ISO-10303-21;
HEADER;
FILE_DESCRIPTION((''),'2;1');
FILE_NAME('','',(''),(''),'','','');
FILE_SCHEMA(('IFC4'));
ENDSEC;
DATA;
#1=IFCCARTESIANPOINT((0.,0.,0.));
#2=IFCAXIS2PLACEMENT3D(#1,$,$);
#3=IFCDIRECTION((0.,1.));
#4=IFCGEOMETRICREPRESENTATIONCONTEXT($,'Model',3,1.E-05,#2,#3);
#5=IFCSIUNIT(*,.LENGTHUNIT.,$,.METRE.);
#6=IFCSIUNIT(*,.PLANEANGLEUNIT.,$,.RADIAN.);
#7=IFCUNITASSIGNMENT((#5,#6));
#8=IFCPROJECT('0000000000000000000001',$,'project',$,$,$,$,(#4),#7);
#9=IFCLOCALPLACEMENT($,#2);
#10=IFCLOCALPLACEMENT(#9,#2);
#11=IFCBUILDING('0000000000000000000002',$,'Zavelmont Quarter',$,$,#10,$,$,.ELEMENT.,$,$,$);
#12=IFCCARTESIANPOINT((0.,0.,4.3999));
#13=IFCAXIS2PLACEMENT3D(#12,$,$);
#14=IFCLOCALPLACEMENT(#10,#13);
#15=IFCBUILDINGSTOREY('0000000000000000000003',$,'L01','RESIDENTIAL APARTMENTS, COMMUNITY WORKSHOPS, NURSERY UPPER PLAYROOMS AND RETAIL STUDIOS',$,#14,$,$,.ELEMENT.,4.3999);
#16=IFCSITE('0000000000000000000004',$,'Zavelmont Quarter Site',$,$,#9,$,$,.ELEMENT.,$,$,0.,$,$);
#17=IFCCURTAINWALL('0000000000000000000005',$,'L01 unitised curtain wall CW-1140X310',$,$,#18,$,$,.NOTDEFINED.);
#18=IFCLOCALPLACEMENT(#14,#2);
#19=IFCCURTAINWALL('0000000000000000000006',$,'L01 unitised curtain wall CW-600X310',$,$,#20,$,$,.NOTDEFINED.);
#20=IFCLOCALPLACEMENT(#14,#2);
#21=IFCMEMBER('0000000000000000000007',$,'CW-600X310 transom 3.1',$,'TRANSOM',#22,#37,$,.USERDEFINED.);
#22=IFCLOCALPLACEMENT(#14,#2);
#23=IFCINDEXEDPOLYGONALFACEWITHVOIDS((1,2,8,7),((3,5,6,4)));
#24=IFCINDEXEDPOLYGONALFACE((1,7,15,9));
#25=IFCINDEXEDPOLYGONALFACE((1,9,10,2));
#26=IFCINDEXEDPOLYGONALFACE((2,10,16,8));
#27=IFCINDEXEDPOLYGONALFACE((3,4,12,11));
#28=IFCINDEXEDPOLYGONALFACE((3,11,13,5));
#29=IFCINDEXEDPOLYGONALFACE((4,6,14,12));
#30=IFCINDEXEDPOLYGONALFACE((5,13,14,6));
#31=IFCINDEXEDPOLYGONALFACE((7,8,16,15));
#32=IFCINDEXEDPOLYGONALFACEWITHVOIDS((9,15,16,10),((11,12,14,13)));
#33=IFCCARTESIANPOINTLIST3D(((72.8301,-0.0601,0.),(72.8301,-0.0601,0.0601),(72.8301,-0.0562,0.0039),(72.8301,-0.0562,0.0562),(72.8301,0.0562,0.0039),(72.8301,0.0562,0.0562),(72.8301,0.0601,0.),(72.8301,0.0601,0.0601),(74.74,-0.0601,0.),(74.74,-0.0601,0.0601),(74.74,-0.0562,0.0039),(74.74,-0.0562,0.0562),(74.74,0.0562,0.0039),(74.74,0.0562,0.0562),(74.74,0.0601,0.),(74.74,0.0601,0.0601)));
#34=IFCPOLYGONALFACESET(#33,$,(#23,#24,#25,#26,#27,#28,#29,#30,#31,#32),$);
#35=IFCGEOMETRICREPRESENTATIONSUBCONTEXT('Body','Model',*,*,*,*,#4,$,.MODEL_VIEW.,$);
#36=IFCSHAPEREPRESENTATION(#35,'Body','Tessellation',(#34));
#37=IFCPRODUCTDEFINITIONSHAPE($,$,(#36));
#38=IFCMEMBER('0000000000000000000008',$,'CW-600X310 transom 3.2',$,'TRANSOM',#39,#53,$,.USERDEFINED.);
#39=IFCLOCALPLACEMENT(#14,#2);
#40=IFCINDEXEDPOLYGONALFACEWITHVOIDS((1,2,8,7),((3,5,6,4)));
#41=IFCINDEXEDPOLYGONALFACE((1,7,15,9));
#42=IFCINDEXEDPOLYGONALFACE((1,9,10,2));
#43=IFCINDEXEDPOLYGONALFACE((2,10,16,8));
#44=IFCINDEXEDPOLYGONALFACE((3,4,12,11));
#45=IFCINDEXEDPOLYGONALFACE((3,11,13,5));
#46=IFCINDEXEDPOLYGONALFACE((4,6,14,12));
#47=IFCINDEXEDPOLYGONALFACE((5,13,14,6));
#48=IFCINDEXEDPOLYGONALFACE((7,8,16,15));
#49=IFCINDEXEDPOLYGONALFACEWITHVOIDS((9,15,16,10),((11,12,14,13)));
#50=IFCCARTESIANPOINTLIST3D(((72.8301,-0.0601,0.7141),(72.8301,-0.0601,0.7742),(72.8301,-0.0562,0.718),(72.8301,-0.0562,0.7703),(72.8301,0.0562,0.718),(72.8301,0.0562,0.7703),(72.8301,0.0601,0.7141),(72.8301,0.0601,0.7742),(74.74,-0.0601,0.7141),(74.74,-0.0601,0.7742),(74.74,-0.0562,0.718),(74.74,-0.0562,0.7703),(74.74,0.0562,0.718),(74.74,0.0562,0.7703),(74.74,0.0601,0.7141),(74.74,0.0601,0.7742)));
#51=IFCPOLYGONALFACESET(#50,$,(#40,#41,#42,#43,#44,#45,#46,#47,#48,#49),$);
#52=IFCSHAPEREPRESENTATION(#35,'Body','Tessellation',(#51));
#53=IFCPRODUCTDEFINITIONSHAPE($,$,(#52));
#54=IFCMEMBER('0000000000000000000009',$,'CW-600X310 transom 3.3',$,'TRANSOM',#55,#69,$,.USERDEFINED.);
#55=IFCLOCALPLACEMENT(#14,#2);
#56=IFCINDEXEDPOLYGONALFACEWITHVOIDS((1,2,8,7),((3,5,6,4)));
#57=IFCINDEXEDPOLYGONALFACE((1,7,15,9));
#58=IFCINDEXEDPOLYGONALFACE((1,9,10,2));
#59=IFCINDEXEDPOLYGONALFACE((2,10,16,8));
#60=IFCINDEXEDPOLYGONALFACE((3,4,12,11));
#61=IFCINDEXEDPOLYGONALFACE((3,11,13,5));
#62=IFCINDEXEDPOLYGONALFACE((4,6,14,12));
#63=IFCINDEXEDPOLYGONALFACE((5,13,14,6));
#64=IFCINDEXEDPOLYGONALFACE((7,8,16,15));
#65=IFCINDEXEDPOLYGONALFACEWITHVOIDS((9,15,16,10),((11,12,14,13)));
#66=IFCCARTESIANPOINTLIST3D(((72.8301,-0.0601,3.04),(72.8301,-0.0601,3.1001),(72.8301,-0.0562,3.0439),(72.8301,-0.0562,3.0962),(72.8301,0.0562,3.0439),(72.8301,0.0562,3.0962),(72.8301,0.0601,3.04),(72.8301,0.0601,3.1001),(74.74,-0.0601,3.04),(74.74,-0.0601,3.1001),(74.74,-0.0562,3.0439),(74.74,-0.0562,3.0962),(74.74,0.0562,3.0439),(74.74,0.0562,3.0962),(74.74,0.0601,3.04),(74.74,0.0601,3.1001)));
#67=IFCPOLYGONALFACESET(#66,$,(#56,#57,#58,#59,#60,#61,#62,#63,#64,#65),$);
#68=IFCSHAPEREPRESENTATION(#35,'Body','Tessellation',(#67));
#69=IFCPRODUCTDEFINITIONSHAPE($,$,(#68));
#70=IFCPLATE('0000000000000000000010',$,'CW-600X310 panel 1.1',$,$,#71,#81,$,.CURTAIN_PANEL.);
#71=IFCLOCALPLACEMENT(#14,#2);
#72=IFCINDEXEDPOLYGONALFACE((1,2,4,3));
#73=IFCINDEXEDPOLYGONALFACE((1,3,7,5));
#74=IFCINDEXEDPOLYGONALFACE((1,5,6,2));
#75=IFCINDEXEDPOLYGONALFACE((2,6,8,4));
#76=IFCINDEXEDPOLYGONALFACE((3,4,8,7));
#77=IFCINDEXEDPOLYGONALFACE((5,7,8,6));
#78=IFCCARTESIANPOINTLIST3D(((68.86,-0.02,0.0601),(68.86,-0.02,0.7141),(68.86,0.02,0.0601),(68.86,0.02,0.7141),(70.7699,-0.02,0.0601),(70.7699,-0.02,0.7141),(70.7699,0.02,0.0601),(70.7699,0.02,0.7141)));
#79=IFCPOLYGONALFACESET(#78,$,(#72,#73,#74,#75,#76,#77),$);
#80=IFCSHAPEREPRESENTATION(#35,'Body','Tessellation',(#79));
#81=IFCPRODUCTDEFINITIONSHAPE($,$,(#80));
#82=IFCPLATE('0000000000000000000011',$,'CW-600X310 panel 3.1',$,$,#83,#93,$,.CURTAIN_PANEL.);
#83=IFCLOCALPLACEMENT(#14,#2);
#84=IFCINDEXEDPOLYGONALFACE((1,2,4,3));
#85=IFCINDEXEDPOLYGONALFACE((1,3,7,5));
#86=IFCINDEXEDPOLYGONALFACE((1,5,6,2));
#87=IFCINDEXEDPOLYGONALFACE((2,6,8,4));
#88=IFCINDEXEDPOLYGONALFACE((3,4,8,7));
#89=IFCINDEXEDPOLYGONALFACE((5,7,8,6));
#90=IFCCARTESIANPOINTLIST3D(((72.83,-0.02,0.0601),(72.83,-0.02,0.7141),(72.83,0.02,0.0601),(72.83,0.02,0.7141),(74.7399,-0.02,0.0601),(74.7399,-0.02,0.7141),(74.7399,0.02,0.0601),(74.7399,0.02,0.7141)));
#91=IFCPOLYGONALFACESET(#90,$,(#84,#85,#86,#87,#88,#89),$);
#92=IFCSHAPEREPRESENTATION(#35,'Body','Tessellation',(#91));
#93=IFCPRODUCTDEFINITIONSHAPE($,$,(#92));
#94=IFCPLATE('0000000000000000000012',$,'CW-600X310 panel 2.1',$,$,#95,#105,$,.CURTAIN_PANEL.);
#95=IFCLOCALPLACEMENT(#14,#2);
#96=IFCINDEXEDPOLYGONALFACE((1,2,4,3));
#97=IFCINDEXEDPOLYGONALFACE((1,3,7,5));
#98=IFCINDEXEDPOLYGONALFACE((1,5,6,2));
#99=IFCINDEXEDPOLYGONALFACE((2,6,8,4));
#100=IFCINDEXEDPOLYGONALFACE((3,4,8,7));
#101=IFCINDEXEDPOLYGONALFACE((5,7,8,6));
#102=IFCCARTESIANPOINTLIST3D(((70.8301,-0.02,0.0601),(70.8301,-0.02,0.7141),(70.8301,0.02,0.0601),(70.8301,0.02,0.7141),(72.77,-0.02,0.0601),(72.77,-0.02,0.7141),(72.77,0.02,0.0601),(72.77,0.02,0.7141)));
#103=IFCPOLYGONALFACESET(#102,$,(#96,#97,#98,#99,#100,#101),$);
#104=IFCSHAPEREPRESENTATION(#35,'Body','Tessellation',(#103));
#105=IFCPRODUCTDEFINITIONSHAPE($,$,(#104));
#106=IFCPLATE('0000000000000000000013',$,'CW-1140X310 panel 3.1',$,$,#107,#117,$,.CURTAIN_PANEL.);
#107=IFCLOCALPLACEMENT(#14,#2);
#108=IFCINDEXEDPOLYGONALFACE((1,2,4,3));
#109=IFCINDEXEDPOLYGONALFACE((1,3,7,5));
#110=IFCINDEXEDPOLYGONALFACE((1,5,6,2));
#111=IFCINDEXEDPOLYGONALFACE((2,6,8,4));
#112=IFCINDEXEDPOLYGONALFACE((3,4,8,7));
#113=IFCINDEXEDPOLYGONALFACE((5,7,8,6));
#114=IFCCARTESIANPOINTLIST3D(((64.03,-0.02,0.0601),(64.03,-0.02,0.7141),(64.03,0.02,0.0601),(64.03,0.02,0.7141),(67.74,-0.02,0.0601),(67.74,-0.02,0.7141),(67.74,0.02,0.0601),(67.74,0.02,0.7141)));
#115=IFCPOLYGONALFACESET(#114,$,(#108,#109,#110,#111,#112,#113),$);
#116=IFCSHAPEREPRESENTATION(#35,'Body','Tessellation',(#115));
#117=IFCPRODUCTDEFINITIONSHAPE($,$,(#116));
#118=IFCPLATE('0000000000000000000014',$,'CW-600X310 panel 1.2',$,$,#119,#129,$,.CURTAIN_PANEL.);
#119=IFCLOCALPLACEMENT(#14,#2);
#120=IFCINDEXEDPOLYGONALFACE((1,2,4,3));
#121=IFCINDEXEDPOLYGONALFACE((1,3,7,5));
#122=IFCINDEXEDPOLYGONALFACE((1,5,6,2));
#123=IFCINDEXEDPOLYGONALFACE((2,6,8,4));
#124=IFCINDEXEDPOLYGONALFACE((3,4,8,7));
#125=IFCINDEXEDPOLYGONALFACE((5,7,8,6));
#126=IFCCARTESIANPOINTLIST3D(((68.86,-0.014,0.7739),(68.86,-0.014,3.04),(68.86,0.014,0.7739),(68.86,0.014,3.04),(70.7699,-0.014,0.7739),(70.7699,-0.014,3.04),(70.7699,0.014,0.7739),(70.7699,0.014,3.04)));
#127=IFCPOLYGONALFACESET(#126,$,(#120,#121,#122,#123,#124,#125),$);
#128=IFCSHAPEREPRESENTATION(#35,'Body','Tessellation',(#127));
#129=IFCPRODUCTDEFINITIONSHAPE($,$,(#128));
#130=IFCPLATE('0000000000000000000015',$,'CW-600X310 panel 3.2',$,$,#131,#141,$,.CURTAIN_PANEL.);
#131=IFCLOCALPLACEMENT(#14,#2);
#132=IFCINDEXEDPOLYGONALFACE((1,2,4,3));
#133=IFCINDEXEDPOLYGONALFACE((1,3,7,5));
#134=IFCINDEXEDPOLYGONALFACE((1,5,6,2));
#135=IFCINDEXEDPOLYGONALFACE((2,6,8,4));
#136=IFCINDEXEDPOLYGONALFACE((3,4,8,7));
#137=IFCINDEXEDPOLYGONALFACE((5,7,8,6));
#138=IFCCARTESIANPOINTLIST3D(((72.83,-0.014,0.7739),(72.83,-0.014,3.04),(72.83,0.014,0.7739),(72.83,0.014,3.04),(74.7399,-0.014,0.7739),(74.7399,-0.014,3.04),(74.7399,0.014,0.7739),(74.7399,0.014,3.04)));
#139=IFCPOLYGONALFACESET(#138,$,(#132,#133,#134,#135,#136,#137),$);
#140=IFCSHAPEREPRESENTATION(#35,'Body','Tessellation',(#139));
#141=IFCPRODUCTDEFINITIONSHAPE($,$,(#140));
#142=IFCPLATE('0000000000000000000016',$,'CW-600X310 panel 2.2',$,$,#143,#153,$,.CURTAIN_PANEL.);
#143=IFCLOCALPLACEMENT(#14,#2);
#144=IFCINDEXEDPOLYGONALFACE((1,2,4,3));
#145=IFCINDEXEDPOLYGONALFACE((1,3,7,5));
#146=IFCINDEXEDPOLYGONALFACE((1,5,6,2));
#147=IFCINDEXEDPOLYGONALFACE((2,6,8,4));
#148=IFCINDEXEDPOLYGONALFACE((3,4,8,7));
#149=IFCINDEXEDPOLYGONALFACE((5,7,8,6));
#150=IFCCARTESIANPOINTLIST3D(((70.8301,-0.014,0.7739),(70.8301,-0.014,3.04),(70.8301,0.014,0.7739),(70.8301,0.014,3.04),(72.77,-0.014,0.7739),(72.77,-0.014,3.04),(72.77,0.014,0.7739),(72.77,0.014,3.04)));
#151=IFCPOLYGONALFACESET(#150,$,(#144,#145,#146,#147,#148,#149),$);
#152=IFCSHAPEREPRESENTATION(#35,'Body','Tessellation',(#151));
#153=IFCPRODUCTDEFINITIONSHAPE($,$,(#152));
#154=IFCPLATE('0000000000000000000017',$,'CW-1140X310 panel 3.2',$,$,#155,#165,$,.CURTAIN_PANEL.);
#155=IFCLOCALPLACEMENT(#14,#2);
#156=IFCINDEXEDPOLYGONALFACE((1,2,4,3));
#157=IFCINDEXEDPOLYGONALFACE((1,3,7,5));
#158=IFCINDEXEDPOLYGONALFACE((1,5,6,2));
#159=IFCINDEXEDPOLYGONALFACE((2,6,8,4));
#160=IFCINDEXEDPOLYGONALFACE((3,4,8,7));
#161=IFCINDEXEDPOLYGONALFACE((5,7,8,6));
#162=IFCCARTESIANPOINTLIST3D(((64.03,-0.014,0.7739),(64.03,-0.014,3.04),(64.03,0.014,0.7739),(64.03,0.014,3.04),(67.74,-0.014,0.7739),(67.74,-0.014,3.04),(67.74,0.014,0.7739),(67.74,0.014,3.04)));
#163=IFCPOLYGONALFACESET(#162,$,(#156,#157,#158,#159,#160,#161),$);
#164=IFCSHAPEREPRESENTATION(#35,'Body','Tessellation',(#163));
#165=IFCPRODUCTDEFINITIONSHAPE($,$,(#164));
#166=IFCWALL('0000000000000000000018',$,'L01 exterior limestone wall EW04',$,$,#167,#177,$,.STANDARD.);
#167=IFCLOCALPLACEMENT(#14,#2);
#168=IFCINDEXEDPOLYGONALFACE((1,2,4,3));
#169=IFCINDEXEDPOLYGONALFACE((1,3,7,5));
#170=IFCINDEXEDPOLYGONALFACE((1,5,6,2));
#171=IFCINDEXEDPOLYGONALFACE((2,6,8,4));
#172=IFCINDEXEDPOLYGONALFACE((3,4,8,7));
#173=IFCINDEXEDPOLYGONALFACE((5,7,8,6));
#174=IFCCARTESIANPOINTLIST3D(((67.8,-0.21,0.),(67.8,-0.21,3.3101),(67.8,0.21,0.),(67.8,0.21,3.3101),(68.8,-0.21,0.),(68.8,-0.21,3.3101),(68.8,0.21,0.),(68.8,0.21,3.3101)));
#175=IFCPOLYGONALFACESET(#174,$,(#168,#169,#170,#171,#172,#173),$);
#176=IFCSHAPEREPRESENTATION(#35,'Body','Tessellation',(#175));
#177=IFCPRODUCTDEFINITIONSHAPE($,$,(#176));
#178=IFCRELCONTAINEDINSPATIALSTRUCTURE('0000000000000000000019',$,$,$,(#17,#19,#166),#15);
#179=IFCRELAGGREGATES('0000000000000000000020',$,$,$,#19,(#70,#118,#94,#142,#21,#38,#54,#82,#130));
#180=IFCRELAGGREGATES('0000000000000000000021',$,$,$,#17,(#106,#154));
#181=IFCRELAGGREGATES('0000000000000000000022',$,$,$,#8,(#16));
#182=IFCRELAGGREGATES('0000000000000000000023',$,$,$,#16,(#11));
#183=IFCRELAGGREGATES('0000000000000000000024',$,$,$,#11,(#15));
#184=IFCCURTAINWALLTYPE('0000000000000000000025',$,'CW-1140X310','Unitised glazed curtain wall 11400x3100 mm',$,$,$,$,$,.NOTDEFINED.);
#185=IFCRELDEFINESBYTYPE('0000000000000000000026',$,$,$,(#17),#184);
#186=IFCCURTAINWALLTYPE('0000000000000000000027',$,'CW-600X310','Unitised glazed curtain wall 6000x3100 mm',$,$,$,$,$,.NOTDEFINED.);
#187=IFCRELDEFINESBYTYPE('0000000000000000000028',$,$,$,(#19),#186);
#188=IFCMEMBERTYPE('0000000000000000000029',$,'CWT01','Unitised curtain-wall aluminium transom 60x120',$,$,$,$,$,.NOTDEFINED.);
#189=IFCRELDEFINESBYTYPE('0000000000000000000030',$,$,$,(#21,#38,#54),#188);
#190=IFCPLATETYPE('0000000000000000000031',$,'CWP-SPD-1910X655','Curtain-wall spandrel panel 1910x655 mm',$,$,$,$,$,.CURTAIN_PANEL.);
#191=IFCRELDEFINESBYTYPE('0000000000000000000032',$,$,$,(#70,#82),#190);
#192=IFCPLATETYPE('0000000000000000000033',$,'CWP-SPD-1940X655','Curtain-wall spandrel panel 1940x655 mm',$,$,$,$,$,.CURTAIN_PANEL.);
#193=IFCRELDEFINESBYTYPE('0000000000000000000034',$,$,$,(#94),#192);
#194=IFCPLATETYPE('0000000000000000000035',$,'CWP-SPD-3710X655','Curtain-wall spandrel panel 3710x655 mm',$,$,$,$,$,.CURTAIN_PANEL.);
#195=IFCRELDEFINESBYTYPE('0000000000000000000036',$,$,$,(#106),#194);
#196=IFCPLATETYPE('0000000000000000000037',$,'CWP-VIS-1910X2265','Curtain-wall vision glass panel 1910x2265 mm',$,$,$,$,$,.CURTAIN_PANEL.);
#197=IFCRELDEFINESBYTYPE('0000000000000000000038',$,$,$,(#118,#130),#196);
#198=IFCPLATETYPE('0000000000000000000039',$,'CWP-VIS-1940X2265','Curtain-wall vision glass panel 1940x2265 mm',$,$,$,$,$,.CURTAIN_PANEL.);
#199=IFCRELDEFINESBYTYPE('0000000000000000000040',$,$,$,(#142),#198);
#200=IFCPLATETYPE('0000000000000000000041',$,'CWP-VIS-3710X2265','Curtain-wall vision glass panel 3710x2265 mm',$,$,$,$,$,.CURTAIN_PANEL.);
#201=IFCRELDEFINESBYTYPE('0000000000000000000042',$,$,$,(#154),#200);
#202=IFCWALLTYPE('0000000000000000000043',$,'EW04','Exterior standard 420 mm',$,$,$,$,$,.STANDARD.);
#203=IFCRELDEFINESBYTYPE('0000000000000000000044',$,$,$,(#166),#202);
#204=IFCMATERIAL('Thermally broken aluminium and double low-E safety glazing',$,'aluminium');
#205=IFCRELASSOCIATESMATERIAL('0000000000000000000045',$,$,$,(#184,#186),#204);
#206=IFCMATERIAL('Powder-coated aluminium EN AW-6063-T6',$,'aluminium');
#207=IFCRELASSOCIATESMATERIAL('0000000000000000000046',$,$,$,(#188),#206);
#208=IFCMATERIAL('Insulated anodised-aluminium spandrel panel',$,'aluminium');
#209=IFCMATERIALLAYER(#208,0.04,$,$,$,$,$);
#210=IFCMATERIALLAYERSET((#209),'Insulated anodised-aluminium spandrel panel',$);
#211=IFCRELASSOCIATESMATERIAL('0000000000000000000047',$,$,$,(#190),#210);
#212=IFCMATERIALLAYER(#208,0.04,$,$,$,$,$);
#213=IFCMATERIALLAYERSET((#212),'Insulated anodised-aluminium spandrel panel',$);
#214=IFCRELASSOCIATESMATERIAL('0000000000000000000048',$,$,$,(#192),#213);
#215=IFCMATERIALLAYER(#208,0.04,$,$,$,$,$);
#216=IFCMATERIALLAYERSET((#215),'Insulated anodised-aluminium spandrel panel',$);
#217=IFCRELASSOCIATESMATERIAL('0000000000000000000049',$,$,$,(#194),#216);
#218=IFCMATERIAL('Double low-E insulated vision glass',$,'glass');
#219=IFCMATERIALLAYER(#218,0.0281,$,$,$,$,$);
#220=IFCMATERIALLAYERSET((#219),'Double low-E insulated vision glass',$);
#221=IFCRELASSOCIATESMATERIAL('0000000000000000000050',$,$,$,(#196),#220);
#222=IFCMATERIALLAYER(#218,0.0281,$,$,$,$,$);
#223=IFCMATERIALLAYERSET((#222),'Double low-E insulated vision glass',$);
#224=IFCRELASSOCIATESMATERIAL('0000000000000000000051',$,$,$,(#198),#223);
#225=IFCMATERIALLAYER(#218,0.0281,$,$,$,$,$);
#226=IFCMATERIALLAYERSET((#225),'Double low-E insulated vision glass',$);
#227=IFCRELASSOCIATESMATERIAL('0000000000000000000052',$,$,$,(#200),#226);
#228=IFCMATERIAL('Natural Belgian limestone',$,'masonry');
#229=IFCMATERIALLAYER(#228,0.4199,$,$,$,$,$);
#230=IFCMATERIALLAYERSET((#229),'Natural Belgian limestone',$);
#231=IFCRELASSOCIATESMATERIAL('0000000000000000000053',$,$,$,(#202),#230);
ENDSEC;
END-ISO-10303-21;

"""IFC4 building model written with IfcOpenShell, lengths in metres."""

from ifc_helpers import new_model, si_unit, direction, frame, frame_2d, origin, origin_2d, place, context, subcontext, project, spatial, rectangle, hollow_rectangle, extrude, material, layer, layer_set, material_profile, profile_set, type_object, element, aggregate, save


model = new_model("IFC4")

# Units and contexts
model_context = context("Model", 3, precision=1e-05, world=origin(), true_north=direction((0.0, 1.0)))
body_context = subcontext(model_context, "Body", "Model", "MODEL_VIEW")
ifc_project = project(units=[si_unit("LENGTHUNIT", "METRE"), si_unit("PLANEANGLEUNIT", "RADIAN")], contexts=[model_context])

# Site, building, storey
site_placement = place(None, origin())
site = spatial("IfcSite", under=ifc_project, at=site_placement, Name="Zavelmont Quarter Site", CompositionType="ELEMENT", RefElevation=0.0)
building_placement = place(site_placement, origin())
building = spatial("IfcBuilding", under=site, at=building_placement, Name="Zavelmont Quarter", CompositionType="ELEMENT")
storey_placement = place(building_placement, frame((0.0, 0.0, 4.3999)))
storey = spatial("IfcBuildingStorey", under=building, at=storey_placement, Name="L01", Description="RESIDENTIAL APARTMENTS, COMMUNITY WORKSHOPS, NURSERY UPPER PLAYROOMS AND RETAIL STUDIOS", CompositionType="ELEMENT", Elevation=4.3999)

# Curtain wall
ifc_material_1 = material(Name="Thermally broken aluminium and double low-E safety glazing", Category="aluminium")
curtain_wall_type_1 = type_object("IfcCurtainWallType", Name="CW-1140X310", Description="Unitised glazed curtain wall 11400x3100 mm", PredefinedType="NOTDEFINED", material=ifc_material_1)
curtain_wall_1_placement = place(storey_placement, origin())
curtain_wall_1 = element("IfcCurtainWall", 1, at=curtain_wall_1_placement, inside=storey, type_object=curtain_wall_type_1, Name="L01 unitised curtain wall CW-1140X310", PredefinedType="NOTDEFINED")
ifc_material_2 = material(Name="Powder-coated aluminium EN AW-6063-T6", Category="aluminium")

# Curtain wall, members, plates
curtain_wall_type_2 = type_object("IfcCurtainWallType", Name="CW-600X310", Description="Unitised glazed curtain wall 6000x3100 mm", PredefinedType="NOTDEFINED", material=ifc_material_1)
curtain_wall_2_placement = place(storey_placement, origin())
curtain_wall_2 = element("IfcCurtainWall", 2, at=curtain_wall_2_placement, inside=storey, type_object=curtain_wall_type_2, Name="L01 unitised curtain wall CW-600X310", PredefinedType="NOTDEFINED")
ifc_material_profile_1 = material_profile(ifc_material_2, hollow_rectangle(XDim=0.1201, YDim=0.0601, WallThickness=0.0039, at=origin_2d()), Name="CWT60X120")
ifc_profile_set_1 = profile_set([ifc_material_profile_1], Name="Powder-coated aluminium EN AW-6063-T6")
member_type_1 = type_object("IfcMemberType", Name="CWT01", Description="Unitised curtain-wall aluminium transom 60x120", PredefinedType="NOTDEFINED", material=ifc_profile_set_1)
member_1_placement = place(storey_placement, frame((72.8301, 0.0, 0.03), z_axis=(1.0, 0.0, 0.0), x_axis=(0.0, 1.0, 0.0)))
member_1 = element("IfcMember", 3, at=member_1_placement, type_object=member_type_1, Name="CW-600X310 transom 3.1", ObjectType="TRANSOM", PredefinedType="USERDEFINED", context=body_context, shape_type="SweptSolid", body=[
    extrude(hollow_rectangle(XDim=0.1201, YDim=0.0601, WallThickness=0.0039, at=origin_2d()), origin(), (0.0, 0.0, 1.0), 1.9099),
])
member_2_placement = place(storey_placement, frame((72.8301, 0.0, 0.7441), z_axis=(1.0, 0.0, 0.0), x_axis=(0.0, 1.0, 0.0)))
member_2 = element("IfcMember", 4, at=member_2_placement, type_object=member_type_1, Name="CW-600X310 transom 3.2", ObjectType="TRANSOM", PredefinedType="USERDEFINED", context=body_context, shape_type="SweptSolid", body=[
    extrude(hollow_rectangle(XDim=0.1201, YDim=0.0601, WallThickness=0.0039, at=origin_2d()), origin(), (0.0, 0.0, 1.0), 1.9099),
])
member_3_placement = place(storey_placement, frame((72.8301, 0.0, 3.0701), z_axis=(1.0, 0.0, 0.0), x_axis=(0.0, 1.0, 0.0)))
member_3 = element("IfcMember", 5, at=member_3_placement, type_object=member_type_1, Name="CW-600X310 transom 3.3", ObjectType="TRANSOM", PredefinedType="USERDEFINED", context=body_context, shape_type="SweptSolid", body=[
    extrude(hollow_rectangle(XDim=0.1201, YDim=0.0601, WallThickness=0.0039, at=origin_2d()), origin(), (0.0, 0.0, 1.0), 1.9099),
])
ifc_material_3 = material(Name="Insulated anodised-aluminium spandrel panel", Category="aluminium")
ifc_layer_1 = layer(ifc_material_3, 0.04)
ifc_layer_set_1 = layer_set([ifc_layer_1], Name="Insulated anodised-aluminium spandrel panel")
plate_type_1 = type_object("IfcPlateType", Name="CWP-SPD-1910X655", Description="Curtain-wall spandrel panel 1910x655 mm", PredefinedType="CURTAIN_PANEL", material=ifc_layer_set_1)
plate_1_placement = place(storey_placement, frame((69.8149, 0.0, 0.0601), z_axis=(0.0, 0.0, 1.0), x_axis=(1.0, 0.0, 0.0)))
plate_1 = element("IfcPlate", 6, at=plate_1_placement, type_object=plate_type_1, Name="CW-600X310 panel 1.1", PredefinedType="CURTAIN_PANEL", context=body_context, shape_type="SweptSolid", body=[
    extrude(rectangle(XDim=1.9099, YDim=0.04, at=origin_2d()), origin(), (0.0, 0.0, 1.0), 0.6541),
])
plate_2_placement = place(storey_placement, frame((73.7849, 0.0, 0.0601), z_axis=(0.0, 0.0, 1.0), x_axis=(1.0, 0.0, 0.0)))
plate_2 = element("IfcPlate", 7, at=plate_2_placement, type_object=plate_type_1, Name="CW-600X310 panel 3.1", PredefinedType="CURTAIN_PANEL", context=body_context, shape_type="SweptSolid", body=[
    extrude(rectangle(XDim=1.9099, YDim=0.04, at=origin_2d()), origin(), (0.0, 0.0, 1.0), 0.6541),
])
ifc_layer_2 = layer(ifc_material_3, 0.04)
ifc_layer_set_2 = layer_set([ifc_layer_2], Name="Insulated anodised-aluminium spandrel panel")
plate_type_2 = type_object("IfcPlateType", Name="CWP-SPD-1940X655", Description="Curtain-wall spandrel panel 1940x655 mm", PredefinedType="CURTAIN_PANEL", material=ifc_layer_set_2)
plate_3_placement = place(storey_placement, frame((71.8, 0.0, 0.0601), z_axis=(0.0, 0.0, 1.0), x_axis=(1.0, 0.0, 0.0)))
plate_3 = element("IfcPlate", 8, at=plate_3_placement, type_object=plate_type_2, Name="CW-600X310 panel 2.1", PredefinedType="CURTAIN_PANEL", context=body_context, shape_type="SweptSolid", body=[
    extrude(rectangle(XDim=1.9399, YDim=0.04, at=origin_2d()), origin(), (0.0, 0.0, 1.0), 0.6541),
])

# Plates
ifc_layer_3 = layer(ifc_material_3, 0.04)
ifc_layer_set_3 = layer_set([ifc_layer_3], Name="Insulated anodised-aluminium spandrel panel")
plate_type_3 = type_object("IfcPlateType", Name="CWP-SPD-3710X655", Description="Curtain-wall spandrel panel 3710x655 mm", PredefinedType="CURTAIN_PANEL", material=ifc_layer_set_3)
plate_4_placement = place(storey_placement, frame((65.885, 0.0, 0.0601), z_axis=(0.0, 0.0, 1.0), x_axis=(1.0, 0.0, 0.0)))
plate_4 = element("IfcPlate", 9, at=plate_4_placement, type_object=plate_type_3, Name="CW-1140X310 panel 3.1", PredefinedType="CURTAIN_PANEL", context=body_context, shape_type="SweptSolid", body=[
    extrude(rectangle(XDim=3.71, YDim=0.04, at=origin_2d()), origin(), (0.0, 0.0, 1.0), 0.6541),
])
ifc_material_4 = material(Name="Double low-E insulated vision glass", Category="glass")
ifc_layer_4 = layer(ifc_material_4, 0.0281)
ifc_layer_set_4 = layer_set([ifc_layer_4], Name="Double low-E insulated vision glass")
plate_type_4 = type_object("IfcPlateType", Name="CWP-VIS-1910X2265", Description="Curtain-wall vision glass panel 1910x2265 mm", PredefinedType="CURTAIN_PANEL", material=ifc_layer_set_4)
plate_5_placement = place(storey_placement, frame((69.8149, 0.0, 0.7739), z_axis=(0.0, 0.0, 1.0), x_axis=(1.0, 0.0, 0.0)))
plate_5 = element("IfcPlate", 10, at=plate_5_placement, type_object=plate_type_4, Name="CW-600X310 panel 1.2", PredefinedType="CURTAIN_PANEL", context=body_context, shape_type="SweptSolid", body=[
    extrude(rectangle(XDim=1.9099, YDim=0.0281, at=origin_2d()), origin(), (0.0, 0.0, 1.0), 2.2661),
])
plate_6_placement = place(storey_placement, frame((73.7849, 0.0, 0.7739), z_axis=(0.0, 0.0, 1.0), x_axis=(1.0, 0.0, 0.0)))
plate_6 = element("IfcPlate", 11, at=plate_6_placement, type_object=plate_type_4, Name="CW-600X310 panel 3.2", PredefinedType="CURTAIN_PANEL", context=body_context, shape_type="SweptSolid", body=[
    extrude(rectangle(XDim=1.9099, YDim=0.0281, at=origin_2d()), origin(), (0.0, 0.0, 1.0), 2.2661),
])
ifc_layer_5 = layer(ifc_material_4, 0.0281)
ifc_layer_set_5 = layer_set([ifc_layer_5], Name="Double low-E insulated vision glass")
plate_type_5 = type_object("IfcPlateType", Name="CWP-VIS-1940X2265", Description="Curtain-wall vision glass panel 1940x2265 mm", PredefinedType="CURTAIN_PANEL", material=ifc_layer_set_5)
plate_7_placement = place(storey_placement, frame((71.8, 0.0, 0.7739), z_axis=(0.0, 0.0, 1.0), x_axis=(1.0, 0.0, 0.0)))
plate_7 = element("IfcPlate", 12, at=plate_7_placement, type_object=plate_type_5, Name="CW-600X310 panel 2.2", PredefinedType="CURTAIN_PANEL", context=body_context, shape_type="SweptSolid", body=[
    extrude(rectangle(XDim=1.9399, YDim=0.0281, at=origin_2d()), origin(), (0.0, 0.0, 1.0), 2.2661),
])
aggregate(curtain_wall_2, [plate_1, plate_5, plate_3, plate_7, member_1, member_2, member_3, plate_2, plate_6])
ifc_layer_6 = layer(ifc_material_4, 0.0281)
ifc_layer_set_6 = layer_set([ifc_layer_6], Name="Double low-E insulated vision glass")
plate_type_6 = type_object("IfcPlateType", Name="CWP-VIS-3710X2265", Description="Curtain-wall vision glass panel 3710x2265 mm", PredefinedType="CURTAIN_PANEL", material=ifc_layer_set_6)
plate_8_placement = place(storey_placement, frame((65.885, 0.0, 0.7739), z_axis=(0.0, 0.0, 1.0), x_axis=(1.0, 0.0, 0.0)))
plate_8 = element("IfcPlate", 13, at=plate_8_placement, type_object=plate_type_6, Name="CW-1140X310 panel 3.2", PredefinedType="CURTAIN_PANEL", context=body_context, shape_type="SweptSolid", body=[
    extrude(rectangle(XDim=3.71, YDim=0.0281, at=origin_2d()), origin(), (0.0, 0.0, 1.0), 2.2661),
])
aggregate(curtain_wall_1, [plate_4, plate_8])

# Wall
ifc_material_5 = material(Name="Natural Belgian limestone", Category="masonry")
ifc_layer_7 = layer(ifc_material_5, 0.4199)
ifc_layer_set_7 = layer_set([ifc_layer_7], Name="Natural Belgian limestone")
wall_type = type_object("IfcWallType", Name="EW04", Description="Exterior standard 420 mm", PredefinedType="STANDARD", material=ifc_layer_set_7)
wall_placement = place(storey_placement, frame((67.8, 0.0, 0.0), z_axis=(0.0, 0.0, 1.0), x_axis=(1.0, 0.0, 0.0)))
element("IfcWall", 14, at=wall_placement, inside=storey, type_object=wall_type, Name="L01 exterior limestone wall EW04", PredefinedType="STANDARD", context=body_context, shape_type="SweptSolid", body=[
    extrude(rectangle(XDim=1.0, YDim=0.4199, at=frame_2d((0.5, 0.0))), origin(), (0.0, 0.0, 1.0), 3.3101),
])

save(model, "model.ifc")
